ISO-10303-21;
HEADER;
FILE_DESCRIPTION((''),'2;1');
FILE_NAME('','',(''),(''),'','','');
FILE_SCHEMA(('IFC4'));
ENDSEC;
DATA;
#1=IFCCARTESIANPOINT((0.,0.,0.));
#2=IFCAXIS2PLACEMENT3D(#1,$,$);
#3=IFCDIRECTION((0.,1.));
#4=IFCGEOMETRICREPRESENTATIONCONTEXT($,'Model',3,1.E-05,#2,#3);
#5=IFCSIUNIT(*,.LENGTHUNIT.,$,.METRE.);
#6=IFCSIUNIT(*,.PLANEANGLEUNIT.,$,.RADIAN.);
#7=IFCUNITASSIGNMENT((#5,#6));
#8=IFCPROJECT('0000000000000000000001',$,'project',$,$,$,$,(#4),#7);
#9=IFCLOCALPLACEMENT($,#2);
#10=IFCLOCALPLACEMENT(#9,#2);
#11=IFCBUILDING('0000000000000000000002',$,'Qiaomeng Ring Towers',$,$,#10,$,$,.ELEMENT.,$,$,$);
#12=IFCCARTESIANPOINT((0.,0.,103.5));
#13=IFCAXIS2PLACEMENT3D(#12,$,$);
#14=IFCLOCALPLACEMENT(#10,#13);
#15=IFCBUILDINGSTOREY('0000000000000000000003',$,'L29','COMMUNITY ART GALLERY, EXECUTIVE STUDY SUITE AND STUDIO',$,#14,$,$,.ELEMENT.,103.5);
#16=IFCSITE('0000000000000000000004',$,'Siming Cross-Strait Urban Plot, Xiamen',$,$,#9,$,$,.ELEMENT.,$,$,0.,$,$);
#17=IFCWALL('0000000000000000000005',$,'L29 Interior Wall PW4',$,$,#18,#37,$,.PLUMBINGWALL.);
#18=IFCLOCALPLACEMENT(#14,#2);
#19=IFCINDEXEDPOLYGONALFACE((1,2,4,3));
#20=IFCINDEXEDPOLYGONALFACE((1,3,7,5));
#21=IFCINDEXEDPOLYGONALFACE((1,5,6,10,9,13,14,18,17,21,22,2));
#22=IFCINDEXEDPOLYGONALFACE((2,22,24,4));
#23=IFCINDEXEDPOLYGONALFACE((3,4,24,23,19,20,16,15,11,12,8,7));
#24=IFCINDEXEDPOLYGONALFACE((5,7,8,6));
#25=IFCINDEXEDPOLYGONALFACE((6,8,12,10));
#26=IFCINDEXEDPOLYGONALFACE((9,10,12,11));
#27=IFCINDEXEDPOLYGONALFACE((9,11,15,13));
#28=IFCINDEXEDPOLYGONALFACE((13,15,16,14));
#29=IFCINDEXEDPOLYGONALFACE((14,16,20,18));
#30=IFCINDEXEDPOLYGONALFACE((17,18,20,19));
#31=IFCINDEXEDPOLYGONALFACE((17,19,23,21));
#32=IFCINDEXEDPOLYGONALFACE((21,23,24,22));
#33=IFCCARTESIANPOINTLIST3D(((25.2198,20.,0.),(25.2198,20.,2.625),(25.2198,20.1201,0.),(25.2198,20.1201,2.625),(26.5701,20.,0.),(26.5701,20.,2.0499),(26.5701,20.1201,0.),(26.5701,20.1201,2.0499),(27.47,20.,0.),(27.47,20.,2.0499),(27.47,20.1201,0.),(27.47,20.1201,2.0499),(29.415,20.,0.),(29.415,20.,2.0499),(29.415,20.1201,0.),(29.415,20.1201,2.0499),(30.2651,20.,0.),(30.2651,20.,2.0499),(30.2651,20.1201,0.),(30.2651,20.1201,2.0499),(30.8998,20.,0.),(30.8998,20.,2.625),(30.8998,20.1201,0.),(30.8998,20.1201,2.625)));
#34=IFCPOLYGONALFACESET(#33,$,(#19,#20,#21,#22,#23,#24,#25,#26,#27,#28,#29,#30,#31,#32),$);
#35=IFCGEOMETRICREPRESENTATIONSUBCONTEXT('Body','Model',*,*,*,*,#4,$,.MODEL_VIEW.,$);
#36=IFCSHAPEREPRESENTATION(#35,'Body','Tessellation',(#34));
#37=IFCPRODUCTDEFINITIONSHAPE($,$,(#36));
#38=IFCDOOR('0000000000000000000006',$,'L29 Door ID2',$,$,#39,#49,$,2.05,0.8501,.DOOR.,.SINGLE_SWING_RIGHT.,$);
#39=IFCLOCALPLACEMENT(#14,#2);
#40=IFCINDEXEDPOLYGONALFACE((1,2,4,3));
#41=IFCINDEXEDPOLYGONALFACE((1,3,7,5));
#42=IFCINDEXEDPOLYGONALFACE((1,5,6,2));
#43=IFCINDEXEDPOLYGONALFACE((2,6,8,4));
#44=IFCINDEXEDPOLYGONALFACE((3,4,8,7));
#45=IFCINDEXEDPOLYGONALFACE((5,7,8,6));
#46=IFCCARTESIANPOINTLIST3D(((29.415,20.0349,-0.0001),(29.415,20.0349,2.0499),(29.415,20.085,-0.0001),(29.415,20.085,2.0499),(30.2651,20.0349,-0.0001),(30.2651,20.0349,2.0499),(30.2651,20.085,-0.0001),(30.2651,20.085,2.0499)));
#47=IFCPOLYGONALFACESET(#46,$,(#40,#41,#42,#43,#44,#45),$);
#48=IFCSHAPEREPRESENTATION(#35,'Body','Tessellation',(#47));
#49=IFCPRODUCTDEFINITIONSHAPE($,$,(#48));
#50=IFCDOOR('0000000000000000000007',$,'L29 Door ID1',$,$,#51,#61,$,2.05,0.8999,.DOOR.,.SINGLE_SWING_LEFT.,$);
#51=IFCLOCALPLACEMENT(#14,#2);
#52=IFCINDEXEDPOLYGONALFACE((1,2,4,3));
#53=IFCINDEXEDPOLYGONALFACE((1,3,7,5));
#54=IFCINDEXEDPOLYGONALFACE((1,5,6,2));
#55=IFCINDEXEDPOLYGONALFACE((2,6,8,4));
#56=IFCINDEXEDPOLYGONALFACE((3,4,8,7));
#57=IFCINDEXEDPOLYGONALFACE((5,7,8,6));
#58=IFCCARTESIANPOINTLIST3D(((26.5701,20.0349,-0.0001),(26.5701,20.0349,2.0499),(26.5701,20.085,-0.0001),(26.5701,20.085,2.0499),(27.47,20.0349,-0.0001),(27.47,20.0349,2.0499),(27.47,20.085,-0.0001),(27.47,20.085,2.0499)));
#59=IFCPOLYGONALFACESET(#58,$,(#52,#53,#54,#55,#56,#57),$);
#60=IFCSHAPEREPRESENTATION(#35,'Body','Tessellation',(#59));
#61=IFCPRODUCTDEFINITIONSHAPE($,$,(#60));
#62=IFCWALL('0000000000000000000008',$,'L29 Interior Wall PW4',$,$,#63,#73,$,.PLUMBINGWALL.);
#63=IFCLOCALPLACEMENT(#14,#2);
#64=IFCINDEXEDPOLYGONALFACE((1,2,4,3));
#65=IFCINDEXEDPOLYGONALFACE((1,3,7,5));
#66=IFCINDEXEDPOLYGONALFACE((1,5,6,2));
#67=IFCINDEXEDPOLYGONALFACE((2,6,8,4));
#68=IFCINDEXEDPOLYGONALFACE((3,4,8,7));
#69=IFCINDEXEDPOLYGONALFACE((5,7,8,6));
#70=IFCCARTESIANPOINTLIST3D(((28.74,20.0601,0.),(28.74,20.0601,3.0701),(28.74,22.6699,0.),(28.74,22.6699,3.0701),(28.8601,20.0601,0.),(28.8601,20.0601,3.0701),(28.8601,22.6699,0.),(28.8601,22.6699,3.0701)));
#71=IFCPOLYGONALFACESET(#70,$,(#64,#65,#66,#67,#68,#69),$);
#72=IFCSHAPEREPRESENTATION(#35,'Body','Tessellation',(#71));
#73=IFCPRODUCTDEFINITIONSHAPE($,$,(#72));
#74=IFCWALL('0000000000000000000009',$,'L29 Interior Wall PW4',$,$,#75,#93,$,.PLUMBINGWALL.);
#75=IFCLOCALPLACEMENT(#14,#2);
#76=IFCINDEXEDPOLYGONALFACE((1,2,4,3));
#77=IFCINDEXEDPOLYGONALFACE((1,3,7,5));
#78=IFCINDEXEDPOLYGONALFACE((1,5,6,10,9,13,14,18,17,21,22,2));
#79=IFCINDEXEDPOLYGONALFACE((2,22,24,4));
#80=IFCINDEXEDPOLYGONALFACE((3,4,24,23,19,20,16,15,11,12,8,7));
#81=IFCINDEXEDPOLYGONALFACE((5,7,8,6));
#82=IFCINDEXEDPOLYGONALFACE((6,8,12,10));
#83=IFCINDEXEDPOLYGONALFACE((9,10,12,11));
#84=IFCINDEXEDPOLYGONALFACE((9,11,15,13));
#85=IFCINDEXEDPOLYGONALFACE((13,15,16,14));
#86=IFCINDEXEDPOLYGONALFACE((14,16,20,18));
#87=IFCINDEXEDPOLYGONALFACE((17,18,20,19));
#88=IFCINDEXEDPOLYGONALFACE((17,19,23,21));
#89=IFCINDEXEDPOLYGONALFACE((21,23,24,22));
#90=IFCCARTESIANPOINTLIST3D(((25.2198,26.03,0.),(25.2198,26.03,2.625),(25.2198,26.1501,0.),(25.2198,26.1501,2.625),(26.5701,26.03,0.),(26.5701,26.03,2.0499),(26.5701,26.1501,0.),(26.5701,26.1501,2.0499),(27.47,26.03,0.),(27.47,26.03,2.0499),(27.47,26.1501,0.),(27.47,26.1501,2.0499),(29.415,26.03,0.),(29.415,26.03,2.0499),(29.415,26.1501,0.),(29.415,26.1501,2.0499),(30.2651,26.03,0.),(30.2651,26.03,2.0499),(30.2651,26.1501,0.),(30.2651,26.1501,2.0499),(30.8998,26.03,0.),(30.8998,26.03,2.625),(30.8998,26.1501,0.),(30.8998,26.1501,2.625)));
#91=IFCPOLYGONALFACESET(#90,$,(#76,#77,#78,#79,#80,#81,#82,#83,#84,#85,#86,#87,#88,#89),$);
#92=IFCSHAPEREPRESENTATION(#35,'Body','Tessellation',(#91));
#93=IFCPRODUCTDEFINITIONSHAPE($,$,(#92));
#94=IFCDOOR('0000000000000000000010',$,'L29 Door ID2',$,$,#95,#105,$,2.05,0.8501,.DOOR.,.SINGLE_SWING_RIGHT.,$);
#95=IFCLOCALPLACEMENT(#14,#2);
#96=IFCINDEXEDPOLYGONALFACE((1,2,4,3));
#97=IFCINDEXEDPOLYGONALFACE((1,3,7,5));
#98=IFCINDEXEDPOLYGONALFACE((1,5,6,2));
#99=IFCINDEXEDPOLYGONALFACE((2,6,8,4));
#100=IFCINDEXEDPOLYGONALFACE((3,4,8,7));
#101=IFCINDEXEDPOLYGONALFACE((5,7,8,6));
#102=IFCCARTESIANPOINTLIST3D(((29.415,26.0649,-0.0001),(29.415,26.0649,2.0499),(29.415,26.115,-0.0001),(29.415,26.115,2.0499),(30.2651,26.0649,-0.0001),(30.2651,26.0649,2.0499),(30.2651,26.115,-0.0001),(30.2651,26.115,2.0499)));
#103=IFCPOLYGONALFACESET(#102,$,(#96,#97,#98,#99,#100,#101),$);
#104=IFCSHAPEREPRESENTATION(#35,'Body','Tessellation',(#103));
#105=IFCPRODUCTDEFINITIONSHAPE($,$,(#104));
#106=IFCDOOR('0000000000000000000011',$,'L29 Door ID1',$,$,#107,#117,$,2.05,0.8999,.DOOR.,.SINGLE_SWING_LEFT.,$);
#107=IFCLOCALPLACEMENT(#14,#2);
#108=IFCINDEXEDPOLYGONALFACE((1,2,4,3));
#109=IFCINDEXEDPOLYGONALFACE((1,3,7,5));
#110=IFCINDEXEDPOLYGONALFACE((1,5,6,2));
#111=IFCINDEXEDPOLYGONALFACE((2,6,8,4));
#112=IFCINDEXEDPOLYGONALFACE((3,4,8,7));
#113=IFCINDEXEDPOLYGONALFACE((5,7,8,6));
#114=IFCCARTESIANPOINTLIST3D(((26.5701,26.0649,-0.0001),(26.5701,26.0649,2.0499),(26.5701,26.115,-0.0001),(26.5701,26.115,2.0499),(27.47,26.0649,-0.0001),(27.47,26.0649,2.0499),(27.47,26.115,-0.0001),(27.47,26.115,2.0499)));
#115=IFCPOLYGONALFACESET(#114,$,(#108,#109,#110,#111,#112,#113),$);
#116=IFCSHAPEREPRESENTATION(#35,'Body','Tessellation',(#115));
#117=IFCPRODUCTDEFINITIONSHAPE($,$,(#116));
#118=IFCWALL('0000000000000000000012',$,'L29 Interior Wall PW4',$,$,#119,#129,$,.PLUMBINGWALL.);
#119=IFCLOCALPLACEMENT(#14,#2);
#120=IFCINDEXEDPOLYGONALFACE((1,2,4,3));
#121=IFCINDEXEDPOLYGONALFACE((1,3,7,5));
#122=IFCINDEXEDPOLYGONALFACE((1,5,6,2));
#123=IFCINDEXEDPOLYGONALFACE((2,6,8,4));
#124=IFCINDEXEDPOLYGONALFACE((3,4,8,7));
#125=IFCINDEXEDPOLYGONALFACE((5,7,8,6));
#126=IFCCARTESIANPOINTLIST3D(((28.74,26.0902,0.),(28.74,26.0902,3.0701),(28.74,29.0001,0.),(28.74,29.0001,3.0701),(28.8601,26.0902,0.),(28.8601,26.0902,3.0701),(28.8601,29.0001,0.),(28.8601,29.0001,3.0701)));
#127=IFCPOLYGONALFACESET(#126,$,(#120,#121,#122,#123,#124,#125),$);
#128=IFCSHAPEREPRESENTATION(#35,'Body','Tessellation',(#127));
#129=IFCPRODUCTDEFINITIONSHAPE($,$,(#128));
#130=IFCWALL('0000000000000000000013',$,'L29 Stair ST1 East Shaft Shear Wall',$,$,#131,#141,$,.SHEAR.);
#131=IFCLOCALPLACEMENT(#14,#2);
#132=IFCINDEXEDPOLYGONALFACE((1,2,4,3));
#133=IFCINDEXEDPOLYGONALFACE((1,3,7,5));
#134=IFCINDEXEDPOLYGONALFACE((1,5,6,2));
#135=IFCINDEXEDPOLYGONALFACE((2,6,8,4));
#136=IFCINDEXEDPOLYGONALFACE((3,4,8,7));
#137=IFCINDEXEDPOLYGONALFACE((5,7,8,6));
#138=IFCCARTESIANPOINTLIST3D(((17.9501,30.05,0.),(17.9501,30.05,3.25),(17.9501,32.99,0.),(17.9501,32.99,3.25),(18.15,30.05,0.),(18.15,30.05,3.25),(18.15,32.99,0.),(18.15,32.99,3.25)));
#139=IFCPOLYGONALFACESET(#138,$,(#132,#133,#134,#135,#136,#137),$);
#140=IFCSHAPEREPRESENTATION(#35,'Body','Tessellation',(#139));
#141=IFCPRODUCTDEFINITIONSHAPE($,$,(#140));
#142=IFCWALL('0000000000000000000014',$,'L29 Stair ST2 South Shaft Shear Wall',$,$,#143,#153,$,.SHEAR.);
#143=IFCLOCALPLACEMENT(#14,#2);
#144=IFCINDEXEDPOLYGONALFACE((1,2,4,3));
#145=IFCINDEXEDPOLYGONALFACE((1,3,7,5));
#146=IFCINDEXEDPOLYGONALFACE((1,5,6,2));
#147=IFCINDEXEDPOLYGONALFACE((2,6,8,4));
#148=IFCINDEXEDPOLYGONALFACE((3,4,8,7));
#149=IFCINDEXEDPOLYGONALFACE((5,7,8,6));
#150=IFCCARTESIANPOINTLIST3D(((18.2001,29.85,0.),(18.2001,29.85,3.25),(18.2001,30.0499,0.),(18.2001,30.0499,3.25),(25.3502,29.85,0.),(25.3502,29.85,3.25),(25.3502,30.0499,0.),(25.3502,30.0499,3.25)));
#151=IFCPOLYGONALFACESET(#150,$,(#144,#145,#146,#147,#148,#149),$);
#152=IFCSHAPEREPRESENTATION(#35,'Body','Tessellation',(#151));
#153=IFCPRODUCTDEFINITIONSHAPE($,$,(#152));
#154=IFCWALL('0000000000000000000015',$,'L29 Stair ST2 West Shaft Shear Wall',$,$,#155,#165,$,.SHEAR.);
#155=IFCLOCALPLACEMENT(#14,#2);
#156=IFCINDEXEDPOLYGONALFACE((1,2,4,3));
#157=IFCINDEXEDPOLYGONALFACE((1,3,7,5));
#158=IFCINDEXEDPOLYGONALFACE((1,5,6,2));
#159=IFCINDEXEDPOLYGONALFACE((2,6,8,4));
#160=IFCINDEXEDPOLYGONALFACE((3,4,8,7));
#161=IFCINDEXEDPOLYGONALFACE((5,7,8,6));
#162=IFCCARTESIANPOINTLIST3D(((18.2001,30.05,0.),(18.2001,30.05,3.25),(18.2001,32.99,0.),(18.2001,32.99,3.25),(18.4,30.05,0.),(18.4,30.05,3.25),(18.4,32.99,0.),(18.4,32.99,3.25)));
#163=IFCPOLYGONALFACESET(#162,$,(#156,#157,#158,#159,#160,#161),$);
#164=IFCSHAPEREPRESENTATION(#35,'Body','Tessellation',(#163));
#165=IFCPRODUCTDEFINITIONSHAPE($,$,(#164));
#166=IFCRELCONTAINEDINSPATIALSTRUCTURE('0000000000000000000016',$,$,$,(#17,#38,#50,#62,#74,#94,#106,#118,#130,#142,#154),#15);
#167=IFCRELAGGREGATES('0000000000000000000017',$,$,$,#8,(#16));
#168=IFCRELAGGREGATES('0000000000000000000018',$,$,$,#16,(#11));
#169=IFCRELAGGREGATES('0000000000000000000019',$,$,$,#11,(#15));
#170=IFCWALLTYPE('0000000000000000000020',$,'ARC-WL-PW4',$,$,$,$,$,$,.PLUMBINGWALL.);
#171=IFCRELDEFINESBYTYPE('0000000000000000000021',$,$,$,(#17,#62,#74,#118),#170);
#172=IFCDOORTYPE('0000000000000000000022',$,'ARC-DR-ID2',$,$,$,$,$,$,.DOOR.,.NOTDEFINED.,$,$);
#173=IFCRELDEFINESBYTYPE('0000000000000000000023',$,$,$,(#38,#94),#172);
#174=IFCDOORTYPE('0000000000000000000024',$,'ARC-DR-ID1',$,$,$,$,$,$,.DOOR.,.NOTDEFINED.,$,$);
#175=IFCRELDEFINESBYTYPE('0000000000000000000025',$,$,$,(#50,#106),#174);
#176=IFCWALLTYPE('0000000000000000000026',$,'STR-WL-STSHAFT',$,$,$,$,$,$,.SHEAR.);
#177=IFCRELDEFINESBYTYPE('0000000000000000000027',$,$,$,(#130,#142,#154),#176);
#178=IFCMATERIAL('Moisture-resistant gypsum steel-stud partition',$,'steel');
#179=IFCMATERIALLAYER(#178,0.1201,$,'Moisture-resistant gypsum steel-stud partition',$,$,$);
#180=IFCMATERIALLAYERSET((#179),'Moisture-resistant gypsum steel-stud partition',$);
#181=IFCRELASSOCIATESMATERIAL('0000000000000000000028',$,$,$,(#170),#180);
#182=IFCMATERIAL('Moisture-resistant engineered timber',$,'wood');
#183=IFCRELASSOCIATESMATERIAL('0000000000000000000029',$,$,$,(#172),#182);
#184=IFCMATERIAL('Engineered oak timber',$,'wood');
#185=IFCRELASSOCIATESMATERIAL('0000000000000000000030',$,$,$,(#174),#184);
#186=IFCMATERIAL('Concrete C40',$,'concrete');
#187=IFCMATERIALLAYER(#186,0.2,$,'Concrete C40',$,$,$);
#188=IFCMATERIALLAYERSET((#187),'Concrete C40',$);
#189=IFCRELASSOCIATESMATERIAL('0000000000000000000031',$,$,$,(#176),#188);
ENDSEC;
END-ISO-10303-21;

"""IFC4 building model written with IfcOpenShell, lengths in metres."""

from ifc_helpers import new_model, si_unit, direction, frame, frame_2d, origin, place, context, subcontext, project, spatial, rectangle, extrude, source, transform, mapped, material, layer, layer_set, type_object, element, fill, save


model = new_model("IFC4")

# Units and contexts
model_context = context("Model", 3, precision=1e-05, world=origin(), true_north=direction((0.0, 1.0)))
body_context = subcontext(model_context, "Body", "Model", "MODEL_VIEW")
ifc_project = project(units=[si_unit("LENGTHUNIT", "METRE"), si_unit("PLANEANGLEUNIT", "RADIAN")], contexts=[model_context])

# Site, building, storey
site_placement = place(None, origin())
site = spatial("IfcSite", under=ifc_project, at=site_placement, Name="Siming Cross-Strait Urban Plot, Xiamen", CompositionType="ELEMENT", RefElevation=0.0)
building_placement = place(site_placement, origin())
building = spatial("IfcBuilding", under=site, at=building_placement, Name="Qiaomeng Ring Towers", CompositionType="ELEMENT")
storey_placement = place(building_placement, frame((0.0, 0.0, 103.5)))
storey = spatial("IfcBuildingStorey", under=building, at=storey_placement, Name="L29", Description="COMMUNITY ART GALLERY, EXECUTIVE STUDY SUITE AND STUDIO", CompositionType="ELEMENT", Elevation=103.5)

# Wall, openings, doors
ifc_material_1 = material(Name="Moisture-resistant gypsum steel-stud partition", Category="steel")
ifc_layer_1 = layer(ifc_material_1, 0.1201, Name="Moisture-resistant gypsum steel-stud partition")
ifc_layer_set_1 = layer_set([ifc_layer_1], Name="Moisture-resistant gypsum steel-stud partition")
wall_type_1 = type_object("IfcWallType", Name="ARC-WL-PW4", PredefinedType="PLUMBINGWALL", material=ifc_layer_set_1)
wall_1_placement = place(storey_placement, frame((25.22, 20.0601, 0.0), z_axis=(0.0, 0.0, 1.0), x_axis=(1.0, 0.0, 0.0)))
wall_1 = element("IfcWall", 1, at=wall_1_placement, inside=storey, type_object=wall_type_1, Name="L29 Interior Wall PW4", PredefinedType="PLUMBINGWALL", context=body_context, shape_type="SweptSolid", body=[
    extrude(rectangle(XDim=5.6799, YDim=0.1201, at=frame_2d((2.8398, 0.0))), origin(), (0.0, 0.0, 1.0), 2.625),
])
opening_1_placement = place(wall_1_placement, frame((1.3501, 0.0, 0.0)))
opening_1 = element("IfcOpeningElement", 2, at=opening_1_placement, cuts=wall_1, PredefinedType="OPENING", context=body_context, shape_type="SweptSolid", body=[
    extrude(rectangle(XDim=0.8999, YDim=2.05, at=frame_2d((0.45, 1.0249))), frame((0.0, 0.0701, 0.0), z_axis=(0.0, -1.0, 0.0), x_axis=(1.0, 0.0, 0.0)), (0.0, 0.0, 1.0), 0.1401),
])
opening_2_placement = place(wall_1_placement, frame((4.1951, 0.0, 0.0)))
opening_2 = element("IfcOpeningElement", 3, at=opening_2_placement, cuts=wall_1, PredefinedType="OPENING", context=body_context, shape_type="SweptSolid", body=[
    extrude(rectangle(XDim=0.8501, YDim=2.05, at=frame_2d((0.425, 1.0249))), frame((0.0, 0.0701, 0.0), z_axis=(0.0, -1.0, 0.0), x_axis=(1.0, 0.0, 0.0)), (0.0, 0.0, 1.0), 0.1401),
])
ifc_material_2 = material(Name="Moisture-resistant engineered timber", Category="wood")
door_type_1 = type_object("IfcDoorType", Name="ARC-DR-ID2", OperationType="NOTDEFINED", PredefinedType="DOOR", material=ifc_material_2)
shared_shape_1 = source(origin(), body_context, "Body", "SweptSolid", [
    extrude(rectangle(XDim=0.8501, YDim=2.05, at=frame_2d((0.425, 1.0249))), frame((0.0, 0.0249, 0.0), z_axis=(0.0, -1.0, 0.0), x_axis=(1.0, 0.0, 0.0)), (0.0, 0.0, 1.0), 0.05),
])
door_1_placement = place(opening_2_placement, origin())
door_1 = element("IfcDoor", 4, at=door_1_placement, inside=storey, type_object=door_type_1, Name="L29 Door ID2", OperationType="SINGLE_SWING_RIGHT", OverallHeight=2.05, OverallWidth=0.8501, PredefinedType="DOOR", context=body_context, shape_type="MappedRepresentation", body=[
    mapped(shared_shape_1, transform((0.0, 0.0, 0.0), x_axis=(1.0, 0.0, 0.0), y_axis=(0.0, 1.0, 0.0), z_axis=(0.0, 0.0, 1.0), scale=1.0)),
])
fill(opening_2, door_1)
ifc_material_3 = material(Name="Engineered oak timber", Category="wood")
door_type_2 = type_object("IfcDoorType", Name="ARC-DR-ID1", OperationType="NOTDEFINED", PredefinedType="DOOR", material=ifc_material_3)
shared_shape_2 = source(origin(), body_context, "Body", "SweptSolid", [
    extrude(rectangle(XDim=0.8999, YDim=2.05, at=frame_2d((0.45, 1.0249))), frame((0.0, 0.0249, 0.0), z_axis=(0.0, -1.0, 0.0), x_axis=(1.0, 0.0, 0.0)), (0.0, 0.0, 1.0), 0.05),
])
door_2_placement = place(opening_1_placement, origin())
door_2 = element("IfcDoor", 5, at=door_2_placement, inside=storey, type_object=door_type_2, Name="L29 Door ID1", OperationType="SINGLE_SWING_LEFT", OverallHeight=2.05, OverallWidth=0.8999, PredefinedType="DOOR", context=body_context, shape_type="MappedRepresentation", body=[
    mapped(shared_shape_2, transform((0.0, 0.0, 0.0), x_axis=(1.0, 0.0, 0.0), y_axis=(0.0, 1.0, 0.0), z_axis=(0.0, 0.0, 1.0), scale=1.0)),
])
fill(opening_1, door_2)

# Wall
wall_2_placement = place(storey_placement, frame((28.8, 20.0601, 0.0), z_axis=(0.0, 0.0, 1.0), x_axis=(0.0, 1.0, 0.0)))
element("IfcWall", 6, at=wall_2_placement, inside=storey, type_object=wall_type_1, Name="L29 Interior Wall PW4", PredefinedType="PLUMBINGWALL", context=body_context, shape_type="SweptSolid", body=[
    extrude(rectangle(XDim=2.6099, YDim=0.1201, at=frame_2d((1.3049, 0.0))), origin(), (0.0, 0.0, 1.0), 3.0701),
])

# Wall, openings, doors
wall_3_placement = place(storey_placement, frame((25.22, 26.0901, 0.0), z_axis=(0.0, 0.0, 1.0), x_axis=(1.0, 0.0, 0.0)))
wall_3 = element("IfcWall", 7, at=wall_3_placement, inside=storey, type_object=wall_type_1, Name="L29 Interior Wall PW4", PredefinedType="PLUMBINGWALL", context=body_context, shape_type="SweptSolid", body=[
    extrude(rectangle(XDim=5.6799, YDim=0.1201, at=frame_2d((2.8398, 0.0))), origin(), (0.0, 0.0, 1.0), 2.625),
])
opening_3_placement = place(wall_3_placement, frame((1.3501, 0.0, 0.0)))
opening_3 = element("IfcOpeningElement", 8, at=opening_3_placement, cuts=wall_3, PredefinedType="OPENING", context=body_context, shape_type="SweptSolid", body=[
    extrude(rectangle(XDim=0.8999, YDim=2.05, at=frame_2d((0.45, 1.0249))), frame((0.0, 0.0701, 0.0), z_axis=(0.0, -1.0, 0.0), x_axis=(1.0, 0.0, 0.0)), (0.0, 0.0, 1.0), 0.1401),
])
opening_4_placement = place(wall_3_placement, frame((4.1951, 0.0, 0.0)))
opening_4 = element("IfcOpeningElement", 9, at=opening_4_placement, cuts=wall_3, PredefinedType="OPENING", context=body_context, shape_type="SweptSolid", body=[
    extrude(rectangle(XDim=0.8501, YDim=2.05, at=frame_2d((0.425, 1.0249))), frame((0.0, 0.0701, 0.0), z_axis=(0.0, -1.0, 0.0), x_axis=(1.0, 0.0, 0.0)), (0.0, 0.0, 1.0), 0.1401),
])
door_3_placement = place(opening_4_placement, origin())
door_3 = element("IfcDoor", 10, at=door_3_placement, inside=storey, type_object=door_type_1, Name="L29 Door ID2", OperationType="SINGLE_SWING_RIGHT", OverallHeight=2.05, OverallWidth=0.8501, PredefinedType="DOOR", context=body_context, shape_type="MappedRepresentation", body=[
    mapped(shared_shape_1, transform((0.0, 0.0, 0.0), x_axis=(1.0, 0.0, 0.0), y_axis=(0.0, 1.0, 0.0), z_axis=(0.0, 0.0, 1.0), scale=1.0)),
])
fill(opening_4, door_3)
door_4_placement = place(opening_3_placement, origin())
door_4 = element("IfcDoor", 11, at=door_4_placement, inside=storey, type_object=door_type_2, Name="L29 Door ID1", OperationType="SINGLE_SWING_LEFT", OverallHeight=2.05, OverallWidth=0.8999, PredefinedType="DOOR", context=body_context, shape_type="MappedRepresentation", body=[
    mapped(shared_shape_2, transform((0.0, 0.0, 0.0), x_axis=(1.0, 0.0, 0.0), y_axis=(0.0, 1.0, 0.0), z_axis=(0.0, 0.0, 1.0), scale=1.0)),
])
fill(opening_3, door_4)

# Walls
wall_4_placement = place(storey_placement, frame((28.8, 26.0901, 0.0), z_axis=(0.0, 0.0, 1.0), x_axis=(0.0, 1.0, 0.0)))
element("IfcWall", 12, at=wall_4_placement, inside=storey, type_object=wall_type_1, Name="L29 Interior Wall PW4", PredefinedType="PLUMBINGWALL", context=body_context, shape_type="SweptSolid", body=[
    extrude(rectangle(XDim=2.9099, YDim=0.1201, at=frame_2d((1.4551, 0.0))), origin(), (0.0, 0.0, 1.0), 3.0701),
])
ifc_material_4 = material(Name="Concrete C40", Category="concrete")
ifc_layer_2 = layer(ifc_material_4, 0.2, Name="Concrete C40")
ifc_layer_set_2 = layer_set([ifc_layer_2], Name="Concrete C40")
wall_type_2 = type_object("IfcWallType", Name="STR-WL-STSHAFT", PredefinedType="SHEAR", material=ifc_layer_set_2)
wall_5_placement = place(storey_placement, frame((18.05, 30.05, 0.0), z_axis=(0.0, 0.0, 1.0), x_axis=(0.0, 1.0, 0.0)))
element("IfcWall", 13, at=wall_5_placement, inside=storey, type_object=wall_type_2, Name="L29 Stair ST1 East Shaft Shear Wall", PredefinedType="SHEAR", context=body_context, shape_type="SweptSolid", body=[
    extrude(rectangle(XDim=2.9399, YDim=0.2, at=frame_2d((1.47, 0.0))), origin(), (0.0, 0.0, 1.0), 3.25),
])
wall_6_placement = place(storey_placement, frame((18.2, 29.95, 0.0), z_axis=(0.0, 0.0, 1.0), x_axis=(1.0, 0.0, 0.0)))
element("IfcWall", 14, at=wall_6_placement, inside=storey, type_object=wall_type_2, Name="L29 Stair ST2 South Shaft Shear Wall", PredefinedType="SHEAR", context=body_context, shape_type="SweptSolid", body=[
    extrude(rectangle(XDim=7.1501, YDim=0.2, at=frame_2d((3.5752, 0.0))), origin(), (0.0, 0.0, 1.0), 3.25),
])
for number, where, z_axis, x_axis, name in (
    (15, (18.3, 30.05, 0.0), (0.0, 0.0, 1.0), (0.0, 1.0, 0.0), "L29 Stair ST2 West Shaft Shear Wall"),
):
    element("IfcWall", number, at=place(storey_placement, frame(where, z_axis=z_axis, x_axis=x_axis)), inside=storey, type_object=wall_type_2, Name=name, PredefinedType="SHEAR", context=body_context, shape_type="SweptSolid", body=[
        extrude(rectangle(XDim=2.9399, YDim=0.2, at=frame_2d((1.47, 0.0))), origin(), (0.0, 0.0, 1.0), 3.25),
    ])

save(model, "model.ifc")
